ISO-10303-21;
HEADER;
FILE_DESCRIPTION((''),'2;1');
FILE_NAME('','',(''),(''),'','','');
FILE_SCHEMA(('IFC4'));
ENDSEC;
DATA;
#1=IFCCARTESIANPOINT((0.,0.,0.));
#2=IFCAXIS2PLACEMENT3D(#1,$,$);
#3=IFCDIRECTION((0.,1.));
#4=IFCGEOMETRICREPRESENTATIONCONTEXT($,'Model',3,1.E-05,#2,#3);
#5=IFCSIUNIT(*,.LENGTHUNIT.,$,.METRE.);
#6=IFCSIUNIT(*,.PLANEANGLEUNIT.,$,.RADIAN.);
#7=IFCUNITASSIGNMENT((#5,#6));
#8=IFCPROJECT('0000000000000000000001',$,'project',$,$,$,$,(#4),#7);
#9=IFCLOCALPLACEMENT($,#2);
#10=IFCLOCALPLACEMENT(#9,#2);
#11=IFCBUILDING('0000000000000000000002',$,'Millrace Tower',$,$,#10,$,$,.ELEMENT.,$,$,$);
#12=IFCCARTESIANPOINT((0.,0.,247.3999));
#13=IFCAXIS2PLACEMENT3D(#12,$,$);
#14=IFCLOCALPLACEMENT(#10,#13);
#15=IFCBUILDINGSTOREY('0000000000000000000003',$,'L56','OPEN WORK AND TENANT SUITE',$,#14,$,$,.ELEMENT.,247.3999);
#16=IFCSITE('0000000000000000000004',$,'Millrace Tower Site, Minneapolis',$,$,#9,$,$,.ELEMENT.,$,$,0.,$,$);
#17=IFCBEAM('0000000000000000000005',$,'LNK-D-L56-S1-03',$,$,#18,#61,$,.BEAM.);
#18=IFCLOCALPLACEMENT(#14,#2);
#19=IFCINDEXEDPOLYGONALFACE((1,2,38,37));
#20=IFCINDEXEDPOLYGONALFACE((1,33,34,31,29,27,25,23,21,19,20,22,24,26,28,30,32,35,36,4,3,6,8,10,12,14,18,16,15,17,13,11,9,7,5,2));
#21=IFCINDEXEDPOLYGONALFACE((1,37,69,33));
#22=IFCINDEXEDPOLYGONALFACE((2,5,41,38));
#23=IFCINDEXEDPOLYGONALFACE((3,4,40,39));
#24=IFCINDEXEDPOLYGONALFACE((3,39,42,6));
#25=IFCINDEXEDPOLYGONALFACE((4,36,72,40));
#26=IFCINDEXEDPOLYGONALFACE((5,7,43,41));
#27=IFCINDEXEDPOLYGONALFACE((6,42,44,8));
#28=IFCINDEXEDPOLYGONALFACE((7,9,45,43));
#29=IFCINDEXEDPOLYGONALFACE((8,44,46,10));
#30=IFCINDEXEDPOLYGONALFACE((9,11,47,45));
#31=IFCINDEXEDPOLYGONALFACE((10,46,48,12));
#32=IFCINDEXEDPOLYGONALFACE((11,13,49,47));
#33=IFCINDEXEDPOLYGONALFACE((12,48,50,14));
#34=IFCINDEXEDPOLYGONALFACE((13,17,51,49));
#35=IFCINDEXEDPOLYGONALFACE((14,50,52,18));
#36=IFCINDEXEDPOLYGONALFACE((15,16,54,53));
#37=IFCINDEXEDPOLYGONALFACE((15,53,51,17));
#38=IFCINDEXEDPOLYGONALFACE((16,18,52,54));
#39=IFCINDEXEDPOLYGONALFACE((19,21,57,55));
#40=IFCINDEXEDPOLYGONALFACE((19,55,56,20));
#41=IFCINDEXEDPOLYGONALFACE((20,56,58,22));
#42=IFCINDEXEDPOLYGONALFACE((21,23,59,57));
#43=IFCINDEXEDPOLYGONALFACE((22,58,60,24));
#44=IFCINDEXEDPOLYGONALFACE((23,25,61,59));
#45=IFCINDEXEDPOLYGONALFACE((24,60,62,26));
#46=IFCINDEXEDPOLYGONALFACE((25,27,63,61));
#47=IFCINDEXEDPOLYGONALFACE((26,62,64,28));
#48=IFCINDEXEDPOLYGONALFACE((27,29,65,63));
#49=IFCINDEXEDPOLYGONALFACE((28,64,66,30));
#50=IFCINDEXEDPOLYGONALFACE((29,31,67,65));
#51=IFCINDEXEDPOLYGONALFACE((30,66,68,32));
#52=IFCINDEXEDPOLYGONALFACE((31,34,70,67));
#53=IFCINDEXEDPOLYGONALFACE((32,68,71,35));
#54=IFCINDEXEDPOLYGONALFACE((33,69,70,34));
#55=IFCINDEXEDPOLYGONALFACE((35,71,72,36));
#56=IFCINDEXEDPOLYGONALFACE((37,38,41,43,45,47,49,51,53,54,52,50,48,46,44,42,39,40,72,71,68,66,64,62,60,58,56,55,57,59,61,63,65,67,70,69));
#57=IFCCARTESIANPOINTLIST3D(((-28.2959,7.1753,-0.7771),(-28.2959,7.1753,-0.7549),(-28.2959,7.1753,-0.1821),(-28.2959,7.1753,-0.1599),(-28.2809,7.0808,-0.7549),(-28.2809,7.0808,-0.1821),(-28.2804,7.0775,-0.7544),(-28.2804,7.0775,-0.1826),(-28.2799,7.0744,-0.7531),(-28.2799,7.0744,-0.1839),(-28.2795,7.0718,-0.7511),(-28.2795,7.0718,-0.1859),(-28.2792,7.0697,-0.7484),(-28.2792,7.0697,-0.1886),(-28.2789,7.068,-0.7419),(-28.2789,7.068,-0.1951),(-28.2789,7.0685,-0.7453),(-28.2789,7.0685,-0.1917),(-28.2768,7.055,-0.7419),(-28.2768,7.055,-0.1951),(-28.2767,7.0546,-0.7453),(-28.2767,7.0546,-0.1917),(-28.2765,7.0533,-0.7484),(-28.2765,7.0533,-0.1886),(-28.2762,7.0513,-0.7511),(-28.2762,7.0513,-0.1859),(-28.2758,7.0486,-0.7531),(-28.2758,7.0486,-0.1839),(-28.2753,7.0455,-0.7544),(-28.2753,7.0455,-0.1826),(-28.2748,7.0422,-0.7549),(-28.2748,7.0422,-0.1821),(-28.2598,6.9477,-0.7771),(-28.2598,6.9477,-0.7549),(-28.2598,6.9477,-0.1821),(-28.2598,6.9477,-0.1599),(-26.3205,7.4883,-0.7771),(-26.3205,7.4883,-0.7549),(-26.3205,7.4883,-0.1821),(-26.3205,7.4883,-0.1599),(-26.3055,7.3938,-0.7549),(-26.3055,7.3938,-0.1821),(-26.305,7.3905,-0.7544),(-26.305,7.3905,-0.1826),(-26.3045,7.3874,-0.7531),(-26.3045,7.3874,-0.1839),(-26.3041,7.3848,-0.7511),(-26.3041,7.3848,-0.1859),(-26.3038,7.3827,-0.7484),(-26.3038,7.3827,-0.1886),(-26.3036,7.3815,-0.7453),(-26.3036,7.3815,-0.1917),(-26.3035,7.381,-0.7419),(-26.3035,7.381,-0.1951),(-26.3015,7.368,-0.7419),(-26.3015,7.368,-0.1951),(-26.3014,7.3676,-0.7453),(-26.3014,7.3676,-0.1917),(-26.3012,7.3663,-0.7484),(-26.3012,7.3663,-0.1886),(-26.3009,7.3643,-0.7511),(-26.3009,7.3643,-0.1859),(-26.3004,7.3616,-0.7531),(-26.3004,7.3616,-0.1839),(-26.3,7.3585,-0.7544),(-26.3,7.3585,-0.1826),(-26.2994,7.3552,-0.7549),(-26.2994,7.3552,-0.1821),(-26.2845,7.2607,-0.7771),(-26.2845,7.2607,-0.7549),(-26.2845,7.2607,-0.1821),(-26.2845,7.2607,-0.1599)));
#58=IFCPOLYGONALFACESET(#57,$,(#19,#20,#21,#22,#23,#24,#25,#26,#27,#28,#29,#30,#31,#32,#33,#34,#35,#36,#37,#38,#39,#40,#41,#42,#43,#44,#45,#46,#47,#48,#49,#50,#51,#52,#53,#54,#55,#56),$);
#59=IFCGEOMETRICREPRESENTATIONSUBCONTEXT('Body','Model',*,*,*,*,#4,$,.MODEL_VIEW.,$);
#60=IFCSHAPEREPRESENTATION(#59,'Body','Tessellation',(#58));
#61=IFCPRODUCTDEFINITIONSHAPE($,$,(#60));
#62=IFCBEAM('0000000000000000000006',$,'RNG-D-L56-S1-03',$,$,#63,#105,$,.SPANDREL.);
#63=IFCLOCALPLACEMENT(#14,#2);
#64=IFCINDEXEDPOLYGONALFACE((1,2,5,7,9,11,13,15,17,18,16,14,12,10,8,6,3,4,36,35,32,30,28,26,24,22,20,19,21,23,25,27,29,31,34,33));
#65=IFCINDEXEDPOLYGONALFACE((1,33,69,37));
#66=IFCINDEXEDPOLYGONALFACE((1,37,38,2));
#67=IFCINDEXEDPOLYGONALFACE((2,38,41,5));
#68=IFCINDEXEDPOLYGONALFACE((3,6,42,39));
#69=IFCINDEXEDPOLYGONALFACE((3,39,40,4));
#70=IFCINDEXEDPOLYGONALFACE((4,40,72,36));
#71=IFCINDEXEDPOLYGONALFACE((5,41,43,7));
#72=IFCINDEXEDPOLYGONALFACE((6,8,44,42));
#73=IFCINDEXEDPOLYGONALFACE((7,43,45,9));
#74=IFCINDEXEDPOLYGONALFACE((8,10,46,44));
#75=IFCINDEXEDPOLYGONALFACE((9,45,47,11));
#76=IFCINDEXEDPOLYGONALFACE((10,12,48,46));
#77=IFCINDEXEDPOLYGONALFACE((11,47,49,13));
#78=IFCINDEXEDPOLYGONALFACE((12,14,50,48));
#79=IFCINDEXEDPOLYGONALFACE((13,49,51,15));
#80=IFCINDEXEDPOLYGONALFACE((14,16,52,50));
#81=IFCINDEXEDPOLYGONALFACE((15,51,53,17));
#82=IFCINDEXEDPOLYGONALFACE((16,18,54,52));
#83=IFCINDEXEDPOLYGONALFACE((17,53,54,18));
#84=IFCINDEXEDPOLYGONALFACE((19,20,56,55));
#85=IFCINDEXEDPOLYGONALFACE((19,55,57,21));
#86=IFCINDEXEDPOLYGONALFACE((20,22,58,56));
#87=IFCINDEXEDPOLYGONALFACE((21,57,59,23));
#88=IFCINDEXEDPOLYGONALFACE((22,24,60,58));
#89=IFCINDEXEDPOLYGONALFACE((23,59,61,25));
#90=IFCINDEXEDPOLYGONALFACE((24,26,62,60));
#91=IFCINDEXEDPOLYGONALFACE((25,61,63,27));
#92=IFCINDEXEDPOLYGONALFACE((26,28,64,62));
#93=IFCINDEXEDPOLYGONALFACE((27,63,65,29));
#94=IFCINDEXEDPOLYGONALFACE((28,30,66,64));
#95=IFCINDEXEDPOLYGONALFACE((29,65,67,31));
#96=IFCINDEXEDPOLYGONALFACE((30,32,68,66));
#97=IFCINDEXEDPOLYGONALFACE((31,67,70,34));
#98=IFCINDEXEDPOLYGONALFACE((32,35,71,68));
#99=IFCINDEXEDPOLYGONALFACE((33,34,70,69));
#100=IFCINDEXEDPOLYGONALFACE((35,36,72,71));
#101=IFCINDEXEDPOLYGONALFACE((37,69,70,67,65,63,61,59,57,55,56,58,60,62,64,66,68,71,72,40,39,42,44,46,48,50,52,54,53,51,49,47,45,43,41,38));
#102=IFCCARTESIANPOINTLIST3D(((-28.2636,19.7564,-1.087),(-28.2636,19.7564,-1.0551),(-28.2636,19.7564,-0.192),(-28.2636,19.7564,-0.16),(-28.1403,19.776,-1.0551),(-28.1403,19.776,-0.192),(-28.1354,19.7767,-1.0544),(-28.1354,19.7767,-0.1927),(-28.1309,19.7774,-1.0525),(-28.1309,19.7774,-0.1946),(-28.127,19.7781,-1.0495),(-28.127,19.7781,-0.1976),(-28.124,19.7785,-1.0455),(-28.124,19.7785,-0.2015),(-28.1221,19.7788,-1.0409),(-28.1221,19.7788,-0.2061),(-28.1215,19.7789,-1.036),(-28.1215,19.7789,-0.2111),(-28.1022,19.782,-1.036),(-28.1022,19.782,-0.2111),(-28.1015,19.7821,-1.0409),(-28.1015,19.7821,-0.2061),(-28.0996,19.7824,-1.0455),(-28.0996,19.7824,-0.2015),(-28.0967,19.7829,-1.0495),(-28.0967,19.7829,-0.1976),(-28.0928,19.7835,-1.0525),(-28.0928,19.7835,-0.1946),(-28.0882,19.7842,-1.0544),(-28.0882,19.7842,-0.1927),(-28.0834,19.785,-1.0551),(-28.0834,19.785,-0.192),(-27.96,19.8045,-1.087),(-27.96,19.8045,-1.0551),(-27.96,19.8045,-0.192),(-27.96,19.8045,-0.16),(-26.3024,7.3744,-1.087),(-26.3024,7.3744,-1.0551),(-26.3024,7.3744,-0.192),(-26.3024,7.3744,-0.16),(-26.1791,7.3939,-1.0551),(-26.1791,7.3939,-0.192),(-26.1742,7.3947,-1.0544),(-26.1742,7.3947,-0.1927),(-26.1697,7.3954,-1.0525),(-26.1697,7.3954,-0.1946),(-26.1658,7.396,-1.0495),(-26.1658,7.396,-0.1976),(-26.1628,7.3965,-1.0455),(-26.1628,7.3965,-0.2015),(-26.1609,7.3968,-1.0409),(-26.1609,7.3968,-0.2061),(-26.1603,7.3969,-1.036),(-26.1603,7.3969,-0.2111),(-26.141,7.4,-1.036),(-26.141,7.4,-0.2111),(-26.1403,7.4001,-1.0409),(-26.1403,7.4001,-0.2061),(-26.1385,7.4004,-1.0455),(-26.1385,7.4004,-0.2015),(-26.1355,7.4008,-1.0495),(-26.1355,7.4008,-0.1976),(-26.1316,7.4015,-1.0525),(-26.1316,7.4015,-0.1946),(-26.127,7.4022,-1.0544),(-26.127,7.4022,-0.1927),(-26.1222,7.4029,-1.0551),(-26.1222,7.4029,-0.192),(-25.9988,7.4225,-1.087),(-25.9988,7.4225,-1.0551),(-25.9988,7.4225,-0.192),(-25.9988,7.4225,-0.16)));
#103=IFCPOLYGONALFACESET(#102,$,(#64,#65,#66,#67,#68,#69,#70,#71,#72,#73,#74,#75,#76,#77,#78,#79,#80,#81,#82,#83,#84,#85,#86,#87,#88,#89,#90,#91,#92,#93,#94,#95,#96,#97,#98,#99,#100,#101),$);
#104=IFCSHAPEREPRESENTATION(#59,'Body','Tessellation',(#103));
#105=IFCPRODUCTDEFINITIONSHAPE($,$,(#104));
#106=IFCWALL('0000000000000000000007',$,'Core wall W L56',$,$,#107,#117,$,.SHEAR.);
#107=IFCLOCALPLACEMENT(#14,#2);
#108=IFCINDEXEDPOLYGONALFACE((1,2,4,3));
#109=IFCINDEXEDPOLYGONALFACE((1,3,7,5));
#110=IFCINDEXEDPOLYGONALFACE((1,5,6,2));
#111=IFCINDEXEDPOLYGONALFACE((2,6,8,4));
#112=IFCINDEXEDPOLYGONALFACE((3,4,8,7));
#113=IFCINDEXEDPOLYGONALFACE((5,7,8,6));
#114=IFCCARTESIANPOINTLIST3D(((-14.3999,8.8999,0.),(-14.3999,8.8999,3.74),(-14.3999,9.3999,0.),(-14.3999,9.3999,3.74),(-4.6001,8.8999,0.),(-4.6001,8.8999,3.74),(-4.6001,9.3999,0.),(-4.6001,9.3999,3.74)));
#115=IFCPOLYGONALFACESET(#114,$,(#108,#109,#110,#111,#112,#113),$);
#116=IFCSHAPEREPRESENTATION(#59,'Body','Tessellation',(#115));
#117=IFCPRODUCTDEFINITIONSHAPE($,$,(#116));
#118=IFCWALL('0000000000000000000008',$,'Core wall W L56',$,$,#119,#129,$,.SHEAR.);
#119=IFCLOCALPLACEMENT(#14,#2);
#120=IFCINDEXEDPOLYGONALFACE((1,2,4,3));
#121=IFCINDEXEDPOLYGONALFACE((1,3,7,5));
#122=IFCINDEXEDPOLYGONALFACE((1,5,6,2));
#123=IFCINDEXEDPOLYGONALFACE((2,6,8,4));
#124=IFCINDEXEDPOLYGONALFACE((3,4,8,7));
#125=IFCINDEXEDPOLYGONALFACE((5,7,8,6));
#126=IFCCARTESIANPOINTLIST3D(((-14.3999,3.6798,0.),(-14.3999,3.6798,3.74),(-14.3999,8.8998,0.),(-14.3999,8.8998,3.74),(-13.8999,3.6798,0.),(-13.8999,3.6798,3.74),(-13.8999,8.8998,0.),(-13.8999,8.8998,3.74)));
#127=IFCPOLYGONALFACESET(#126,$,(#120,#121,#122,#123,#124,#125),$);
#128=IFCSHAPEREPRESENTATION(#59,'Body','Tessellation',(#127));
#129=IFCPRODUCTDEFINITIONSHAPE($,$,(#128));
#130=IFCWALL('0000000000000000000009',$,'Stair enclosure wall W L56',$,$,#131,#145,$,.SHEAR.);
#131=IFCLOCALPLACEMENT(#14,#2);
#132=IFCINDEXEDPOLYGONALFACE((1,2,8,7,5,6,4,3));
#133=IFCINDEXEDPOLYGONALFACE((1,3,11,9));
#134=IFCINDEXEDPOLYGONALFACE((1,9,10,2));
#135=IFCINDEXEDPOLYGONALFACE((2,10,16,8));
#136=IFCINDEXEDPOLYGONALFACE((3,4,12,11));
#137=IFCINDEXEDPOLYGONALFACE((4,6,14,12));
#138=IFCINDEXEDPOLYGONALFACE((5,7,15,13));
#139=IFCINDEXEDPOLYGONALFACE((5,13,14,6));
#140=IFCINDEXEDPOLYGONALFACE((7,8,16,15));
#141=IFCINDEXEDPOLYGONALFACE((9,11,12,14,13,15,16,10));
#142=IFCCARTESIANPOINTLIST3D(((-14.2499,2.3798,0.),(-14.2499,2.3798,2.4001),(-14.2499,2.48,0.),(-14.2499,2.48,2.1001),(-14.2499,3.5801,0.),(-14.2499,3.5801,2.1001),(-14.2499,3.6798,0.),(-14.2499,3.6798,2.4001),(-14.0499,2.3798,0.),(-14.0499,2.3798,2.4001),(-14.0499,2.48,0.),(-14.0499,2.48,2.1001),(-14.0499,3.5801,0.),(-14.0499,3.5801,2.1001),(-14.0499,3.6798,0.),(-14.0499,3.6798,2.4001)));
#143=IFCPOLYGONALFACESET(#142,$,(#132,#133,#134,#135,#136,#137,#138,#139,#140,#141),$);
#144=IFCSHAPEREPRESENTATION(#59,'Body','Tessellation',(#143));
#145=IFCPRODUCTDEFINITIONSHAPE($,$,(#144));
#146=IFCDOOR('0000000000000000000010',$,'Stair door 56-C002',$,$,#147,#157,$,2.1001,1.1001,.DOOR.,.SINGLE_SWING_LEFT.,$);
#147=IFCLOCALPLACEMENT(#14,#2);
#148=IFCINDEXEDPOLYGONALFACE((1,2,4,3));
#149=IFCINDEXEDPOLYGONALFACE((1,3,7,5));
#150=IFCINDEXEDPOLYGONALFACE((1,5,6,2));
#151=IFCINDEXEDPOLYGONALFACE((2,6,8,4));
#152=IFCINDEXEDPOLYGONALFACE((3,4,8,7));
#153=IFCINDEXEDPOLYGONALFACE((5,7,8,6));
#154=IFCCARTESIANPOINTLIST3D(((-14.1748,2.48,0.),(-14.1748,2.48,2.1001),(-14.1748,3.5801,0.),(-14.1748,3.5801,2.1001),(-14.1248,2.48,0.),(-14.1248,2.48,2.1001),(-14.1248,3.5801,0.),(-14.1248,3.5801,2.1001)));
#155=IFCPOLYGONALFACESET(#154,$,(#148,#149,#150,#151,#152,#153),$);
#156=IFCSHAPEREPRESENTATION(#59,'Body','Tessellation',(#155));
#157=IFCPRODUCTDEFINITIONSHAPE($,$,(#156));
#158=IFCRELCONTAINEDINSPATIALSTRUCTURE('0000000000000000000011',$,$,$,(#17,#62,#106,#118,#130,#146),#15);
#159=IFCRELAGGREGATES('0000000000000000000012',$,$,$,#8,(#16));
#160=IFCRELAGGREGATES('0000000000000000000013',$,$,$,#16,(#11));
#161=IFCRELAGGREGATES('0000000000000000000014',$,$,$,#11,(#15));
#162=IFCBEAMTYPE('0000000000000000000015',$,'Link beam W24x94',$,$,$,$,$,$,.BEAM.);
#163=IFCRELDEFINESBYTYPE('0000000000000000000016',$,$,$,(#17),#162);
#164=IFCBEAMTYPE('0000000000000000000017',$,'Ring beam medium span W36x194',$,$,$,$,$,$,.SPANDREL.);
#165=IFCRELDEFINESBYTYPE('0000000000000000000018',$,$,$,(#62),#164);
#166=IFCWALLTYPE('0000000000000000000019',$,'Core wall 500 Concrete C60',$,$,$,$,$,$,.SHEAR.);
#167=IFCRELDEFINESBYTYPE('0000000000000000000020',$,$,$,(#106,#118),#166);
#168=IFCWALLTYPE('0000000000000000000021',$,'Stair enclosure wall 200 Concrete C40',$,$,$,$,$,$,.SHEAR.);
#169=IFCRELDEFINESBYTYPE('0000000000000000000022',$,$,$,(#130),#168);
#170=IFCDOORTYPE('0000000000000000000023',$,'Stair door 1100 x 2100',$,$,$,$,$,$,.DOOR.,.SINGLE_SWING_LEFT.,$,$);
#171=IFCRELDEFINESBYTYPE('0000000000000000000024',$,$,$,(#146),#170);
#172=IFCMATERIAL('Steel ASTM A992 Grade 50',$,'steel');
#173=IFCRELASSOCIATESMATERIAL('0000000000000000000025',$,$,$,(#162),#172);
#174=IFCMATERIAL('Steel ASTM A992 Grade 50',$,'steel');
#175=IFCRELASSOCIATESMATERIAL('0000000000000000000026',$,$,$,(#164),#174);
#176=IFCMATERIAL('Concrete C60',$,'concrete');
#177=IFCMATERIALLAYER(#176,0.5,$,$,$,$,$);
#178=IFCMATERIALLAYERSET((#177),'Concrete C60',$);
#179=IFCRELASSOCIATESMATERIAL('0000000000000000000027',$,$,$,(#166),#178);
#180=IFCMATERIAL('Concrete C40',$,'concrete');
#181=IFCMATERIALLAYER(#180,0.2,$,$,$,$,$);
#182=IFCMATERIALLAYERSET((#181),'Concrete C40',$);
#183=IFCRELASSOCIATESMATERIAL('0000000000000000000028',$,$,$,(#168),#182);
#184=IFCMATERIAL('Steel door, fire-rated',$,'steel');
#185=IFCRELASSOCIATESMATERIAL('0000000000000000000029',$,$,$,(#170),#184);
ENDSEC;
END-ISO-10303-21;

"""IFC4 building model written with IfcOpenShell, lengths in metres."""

from ifc_helpers import new_model, si_unit, direction, frame, frame_2d, origin, origin_2d, place, context, subcontext, project, spatial, rectangle, i_section, extrude, material, layer, layer_set, material_profile, profile_set, type_object, element, fill, save


model = new_model("IFC4")

# Units and contexts
model_context = context("Model", 3, precision=1e-05, world=origin(), true_north=direction((0.0, 1.0)))
body_context = subcontext(model_context, "Body", "Model", "MODEL_VIEW")
ifc_project = project(units=[si_unit("LENGTHUNIT", "METRE"), si_unit("PLANEANGLEUNIT", "RADIAN")], contexts=[model_context])

# Site, building, storey
site_placement = place(None, origin())
site = spatial("IfcSite", under=ifc_project, at=site_placement, Name="Millrace Tower Site, Minneapolis", CompositionType="ELEMENT", RefElevation=0.0)
building_placement = place(site_placement, origin())
building = spatial("IfcBuilding", under=site, at=building_placement, Name="Millrace Tower", CompositionType="ELEMENT")
storey_placement = place(building_placement, frame((0.0, 0.0, 247.3999)))
storey = spatial("IfcBuildingStorey", under=building, at=storey_placement, Name="L56", Description="OPEN WORK AND TENANT SUITE", CompositionType="ELEMENT", Elevation=247.3999)

# Beams
ifc_material_1 = material(Name="Steel ASTM A992 Grade 50", Category="steel")
ifc_material_profile_1 = material_profile(ifc_material_1, i_section(OverallWidth=0.2305, OverallDepth=0.6172, WebThickness=0.0132, FlangeThickness=0.0222, FilletRadius=0.0129, at=origin_2d()))
ifc_profile_set_1 = profile_set([ifc_material_profile_1], Name="Steel ASTM A992 Grade 50")
beam_type_1 = type_object("IfcBeamType", Name="Link beam W24x94", PredefinedType="BEAM", material=ifc_profile_set_1)
beam_1_placement = place(storey_placement, frame((-26.3025, 7.3745, -0.4685), z_axis=(-0.987679, -0.156495, 0.0), x_axis=(0.156495, -0.987679, 0.0)))
element("IfcBeam", 1, at=beam_1_placement, inside=storey, type_object=beam_type_1, Name="LNK-D-L56-S1-03", PredefinedType="BEAM", context=body_context, shape_type="SweptSolid", body=[
    extrude(i_section(OverallWidth=0.2305, OverallDepth=0.6172, WebThickness=0.0132, FlangeThickness=0.0222, FilletRadius=0.0129, at=origin_2d()), origin(), (0.0, 0.0, 1.0), 2.0),
])
ifc_material_2 = material(Name="Steel ASTM A992 Grade 50", Category="steel")
ifc_material_profile_2 = material_profile(ifc_material_2, i_section(OverallWidth=0.3074, OverallDepth=0.927, WebThickness=0.0195, FlangeThickness=0.032, FilletRadius=0.019, at=origin_2d()))
ifc_profile_set_2 = profile_set([ifc_material_profile_2], Name="Steel ASTM A992 Grade 50")
beam_type_2 = type_object("IfcBeamType", Name="Ring beam medium span W36x194", PredefinedType="SPANDREL", material=ifc_profile_set_2)
beam_2_placement = place(storey_placement, frame((-26.1506, 7.3984, -0.6235), z_axis=(-0.156439, 0.987688, 0.0), x_axis=(-0.987688, -0.156439, 0.0)))
element("IfcBeam", 2, at=beam_2_placement, inside=storey, type_object=beam_type_2, Name="RNG-D-L56-S1-03", PredefinedType="SPANDREL", context=body_context, shape_type="SweptSolid", body=[
    extrude(i_section(OverallWidth=0.3074, OverallDepth=0.927, WebThickness=0.0195, FlangeThickness=0.032, FilletRadius=0.019, at=origin_2d()), origin(), (0.0, 0.0, 1.0), 12.5364),
])

# Walls
ifc_material_3 = material(Name="Concrete C60", Category="concrete")
ifc_layer_1 = layer(ifc_material_3, 0.5)
ifc_layer_set_1 = layer_set([ifc_layer_1], Name="Concrete C60")
wall_type_1 = type_object("IfcWallType", Name="Core wall 500 Concrete C60", PredefinedType="SHEAR", material=ifc_layer_set_1)
wall_1_placement = place(storey_placement, frame((-14.3999, 9.1499, 0.0), z_axis=(0.0, 0.0, 1.0), x_axis=(1.0, 0.0, 0.0)))
element("IfcWall", 3, at=wall_1_placement, inside=storey, type_object=wall_type_1, Name="Core wall W L56", PredefinedType="SHEAR", context=body_context, shape_type="SweptSolid", body=[
    extrude(rectangle(XDim=9.7998, YDim=0.5, at=frame_2d((4.8999, 0.0))), origin(), (0.0, 0.0, 1.0), 3.74),
])
wall_2_placement = place(storey_placement, frame((-14.1499, 3.6799, 0.0), z_axis=(0.0, 0.0, 1.0), x_axis=(0.0, 1.0, 0.0)))
element("IfcWall", 4, at=wall_2_placement, inside=storey, type_object=wall_type_1, Name="Core wall W L56", PredefinedType="SHEAR", context=body_context, shape_type="SweptSolid", body=[
    extrude(rectangle(XDim=5.22, YDim=0.5, at=frame_2d((2.6099, 0.0))), origin(), (0.0, 0.0, 1.0), 3.74),
])

# Wall, opening, door
ifc_material_4 = material(Name="Concrete C40", Category="concrete")
ifc_layer_2 = layer(ifc_material_4, 0.2)
ifc_layer_set_2 = layer_set([ifc_layer_2], Name="Concrete C40")
wall_type_2 = type_object("IfcWallType", Name="Stair enclosure wall 200 Concrete C40", PredefinedType="SHEAR", material=ifc_layer_set_2)
wall_3_placement = place(storey_placement, frame((-14.1499, 2.3799, 0.0), z_axis=(0.0, 0.0, 1.0), x_axis=(0.0, 1.0, 0.0)))
wall_3 = element("IfcWall", 5, at=wall_3_placement, inside=storey, type_object=wall_type_2, Name="Stair enclosure wall W L56", PredefinedType="SHEAR", context=body_context, shape_type="SweptSolid", body=[
    extrude(rectangle(XDim=1.3, YDim=0.2, at=frame_2d((0.6499, 0.0))), origin(), (0.0, 0.0, 1.0), 2.4001),
])
opening_1_placement = place(wall_3_placement, frame((0.1001, 0.0, 0.0)))
opening_1 = element("IfcOpeningElement", 6, at=opening_1_placement, cuts=wall_3, PredefinedType="OPENING", context=body_context, shape_type="SweptSolid", body=[
    extrude(rectangle(XDim=1.1001, YDim=2.1001, at=frame_2d((0.55, 1.05))), frame((0.0, 0.1099, 0.0), z_axis=(0.0, -1.0, 0.0), x_axis=(1.0, 0.0, 0.0)), (0.0, 0.0, 1.0), 0.22),
])
ifc_material_5 = material(Name="Steel door, fire-rated", Category="steel")
door_type_1 = type_object("IfcDoorType", Name="Stair door 1100 x 2100", OperationType="SINGLE_SWING_LEFT", PredefinedType="DOOR", material=ifc_material_5)
door_1_placement = place(opening_1_placement, origin())
door_1 = element("IfcDoor", 7, at=door_1_placement, inside=storey, type_object=door_type_1, Name="Stair door 56-C002", OperationType="SINGLE_SWING_LEFT", OverallHeight=2.1001, OverallWidth=1.1001, PredefinedType="DOOR", context=body_context, shape_type="SweptSolid", body=[
    extrude(rectangle(XDim=1.1001, YDim=2.1001, at=frame_2d((0.55, 1.05))), frame((0.0, 0.0249, 0.0), z_axis=(0.0, -1.0, 0.0), x_axis=(1.0, 0.0, 0.0)), (0.0, 0.0, 1.0), 0.05),
])
fill(opening_1, door_1)

save(model, "model.ifc")
